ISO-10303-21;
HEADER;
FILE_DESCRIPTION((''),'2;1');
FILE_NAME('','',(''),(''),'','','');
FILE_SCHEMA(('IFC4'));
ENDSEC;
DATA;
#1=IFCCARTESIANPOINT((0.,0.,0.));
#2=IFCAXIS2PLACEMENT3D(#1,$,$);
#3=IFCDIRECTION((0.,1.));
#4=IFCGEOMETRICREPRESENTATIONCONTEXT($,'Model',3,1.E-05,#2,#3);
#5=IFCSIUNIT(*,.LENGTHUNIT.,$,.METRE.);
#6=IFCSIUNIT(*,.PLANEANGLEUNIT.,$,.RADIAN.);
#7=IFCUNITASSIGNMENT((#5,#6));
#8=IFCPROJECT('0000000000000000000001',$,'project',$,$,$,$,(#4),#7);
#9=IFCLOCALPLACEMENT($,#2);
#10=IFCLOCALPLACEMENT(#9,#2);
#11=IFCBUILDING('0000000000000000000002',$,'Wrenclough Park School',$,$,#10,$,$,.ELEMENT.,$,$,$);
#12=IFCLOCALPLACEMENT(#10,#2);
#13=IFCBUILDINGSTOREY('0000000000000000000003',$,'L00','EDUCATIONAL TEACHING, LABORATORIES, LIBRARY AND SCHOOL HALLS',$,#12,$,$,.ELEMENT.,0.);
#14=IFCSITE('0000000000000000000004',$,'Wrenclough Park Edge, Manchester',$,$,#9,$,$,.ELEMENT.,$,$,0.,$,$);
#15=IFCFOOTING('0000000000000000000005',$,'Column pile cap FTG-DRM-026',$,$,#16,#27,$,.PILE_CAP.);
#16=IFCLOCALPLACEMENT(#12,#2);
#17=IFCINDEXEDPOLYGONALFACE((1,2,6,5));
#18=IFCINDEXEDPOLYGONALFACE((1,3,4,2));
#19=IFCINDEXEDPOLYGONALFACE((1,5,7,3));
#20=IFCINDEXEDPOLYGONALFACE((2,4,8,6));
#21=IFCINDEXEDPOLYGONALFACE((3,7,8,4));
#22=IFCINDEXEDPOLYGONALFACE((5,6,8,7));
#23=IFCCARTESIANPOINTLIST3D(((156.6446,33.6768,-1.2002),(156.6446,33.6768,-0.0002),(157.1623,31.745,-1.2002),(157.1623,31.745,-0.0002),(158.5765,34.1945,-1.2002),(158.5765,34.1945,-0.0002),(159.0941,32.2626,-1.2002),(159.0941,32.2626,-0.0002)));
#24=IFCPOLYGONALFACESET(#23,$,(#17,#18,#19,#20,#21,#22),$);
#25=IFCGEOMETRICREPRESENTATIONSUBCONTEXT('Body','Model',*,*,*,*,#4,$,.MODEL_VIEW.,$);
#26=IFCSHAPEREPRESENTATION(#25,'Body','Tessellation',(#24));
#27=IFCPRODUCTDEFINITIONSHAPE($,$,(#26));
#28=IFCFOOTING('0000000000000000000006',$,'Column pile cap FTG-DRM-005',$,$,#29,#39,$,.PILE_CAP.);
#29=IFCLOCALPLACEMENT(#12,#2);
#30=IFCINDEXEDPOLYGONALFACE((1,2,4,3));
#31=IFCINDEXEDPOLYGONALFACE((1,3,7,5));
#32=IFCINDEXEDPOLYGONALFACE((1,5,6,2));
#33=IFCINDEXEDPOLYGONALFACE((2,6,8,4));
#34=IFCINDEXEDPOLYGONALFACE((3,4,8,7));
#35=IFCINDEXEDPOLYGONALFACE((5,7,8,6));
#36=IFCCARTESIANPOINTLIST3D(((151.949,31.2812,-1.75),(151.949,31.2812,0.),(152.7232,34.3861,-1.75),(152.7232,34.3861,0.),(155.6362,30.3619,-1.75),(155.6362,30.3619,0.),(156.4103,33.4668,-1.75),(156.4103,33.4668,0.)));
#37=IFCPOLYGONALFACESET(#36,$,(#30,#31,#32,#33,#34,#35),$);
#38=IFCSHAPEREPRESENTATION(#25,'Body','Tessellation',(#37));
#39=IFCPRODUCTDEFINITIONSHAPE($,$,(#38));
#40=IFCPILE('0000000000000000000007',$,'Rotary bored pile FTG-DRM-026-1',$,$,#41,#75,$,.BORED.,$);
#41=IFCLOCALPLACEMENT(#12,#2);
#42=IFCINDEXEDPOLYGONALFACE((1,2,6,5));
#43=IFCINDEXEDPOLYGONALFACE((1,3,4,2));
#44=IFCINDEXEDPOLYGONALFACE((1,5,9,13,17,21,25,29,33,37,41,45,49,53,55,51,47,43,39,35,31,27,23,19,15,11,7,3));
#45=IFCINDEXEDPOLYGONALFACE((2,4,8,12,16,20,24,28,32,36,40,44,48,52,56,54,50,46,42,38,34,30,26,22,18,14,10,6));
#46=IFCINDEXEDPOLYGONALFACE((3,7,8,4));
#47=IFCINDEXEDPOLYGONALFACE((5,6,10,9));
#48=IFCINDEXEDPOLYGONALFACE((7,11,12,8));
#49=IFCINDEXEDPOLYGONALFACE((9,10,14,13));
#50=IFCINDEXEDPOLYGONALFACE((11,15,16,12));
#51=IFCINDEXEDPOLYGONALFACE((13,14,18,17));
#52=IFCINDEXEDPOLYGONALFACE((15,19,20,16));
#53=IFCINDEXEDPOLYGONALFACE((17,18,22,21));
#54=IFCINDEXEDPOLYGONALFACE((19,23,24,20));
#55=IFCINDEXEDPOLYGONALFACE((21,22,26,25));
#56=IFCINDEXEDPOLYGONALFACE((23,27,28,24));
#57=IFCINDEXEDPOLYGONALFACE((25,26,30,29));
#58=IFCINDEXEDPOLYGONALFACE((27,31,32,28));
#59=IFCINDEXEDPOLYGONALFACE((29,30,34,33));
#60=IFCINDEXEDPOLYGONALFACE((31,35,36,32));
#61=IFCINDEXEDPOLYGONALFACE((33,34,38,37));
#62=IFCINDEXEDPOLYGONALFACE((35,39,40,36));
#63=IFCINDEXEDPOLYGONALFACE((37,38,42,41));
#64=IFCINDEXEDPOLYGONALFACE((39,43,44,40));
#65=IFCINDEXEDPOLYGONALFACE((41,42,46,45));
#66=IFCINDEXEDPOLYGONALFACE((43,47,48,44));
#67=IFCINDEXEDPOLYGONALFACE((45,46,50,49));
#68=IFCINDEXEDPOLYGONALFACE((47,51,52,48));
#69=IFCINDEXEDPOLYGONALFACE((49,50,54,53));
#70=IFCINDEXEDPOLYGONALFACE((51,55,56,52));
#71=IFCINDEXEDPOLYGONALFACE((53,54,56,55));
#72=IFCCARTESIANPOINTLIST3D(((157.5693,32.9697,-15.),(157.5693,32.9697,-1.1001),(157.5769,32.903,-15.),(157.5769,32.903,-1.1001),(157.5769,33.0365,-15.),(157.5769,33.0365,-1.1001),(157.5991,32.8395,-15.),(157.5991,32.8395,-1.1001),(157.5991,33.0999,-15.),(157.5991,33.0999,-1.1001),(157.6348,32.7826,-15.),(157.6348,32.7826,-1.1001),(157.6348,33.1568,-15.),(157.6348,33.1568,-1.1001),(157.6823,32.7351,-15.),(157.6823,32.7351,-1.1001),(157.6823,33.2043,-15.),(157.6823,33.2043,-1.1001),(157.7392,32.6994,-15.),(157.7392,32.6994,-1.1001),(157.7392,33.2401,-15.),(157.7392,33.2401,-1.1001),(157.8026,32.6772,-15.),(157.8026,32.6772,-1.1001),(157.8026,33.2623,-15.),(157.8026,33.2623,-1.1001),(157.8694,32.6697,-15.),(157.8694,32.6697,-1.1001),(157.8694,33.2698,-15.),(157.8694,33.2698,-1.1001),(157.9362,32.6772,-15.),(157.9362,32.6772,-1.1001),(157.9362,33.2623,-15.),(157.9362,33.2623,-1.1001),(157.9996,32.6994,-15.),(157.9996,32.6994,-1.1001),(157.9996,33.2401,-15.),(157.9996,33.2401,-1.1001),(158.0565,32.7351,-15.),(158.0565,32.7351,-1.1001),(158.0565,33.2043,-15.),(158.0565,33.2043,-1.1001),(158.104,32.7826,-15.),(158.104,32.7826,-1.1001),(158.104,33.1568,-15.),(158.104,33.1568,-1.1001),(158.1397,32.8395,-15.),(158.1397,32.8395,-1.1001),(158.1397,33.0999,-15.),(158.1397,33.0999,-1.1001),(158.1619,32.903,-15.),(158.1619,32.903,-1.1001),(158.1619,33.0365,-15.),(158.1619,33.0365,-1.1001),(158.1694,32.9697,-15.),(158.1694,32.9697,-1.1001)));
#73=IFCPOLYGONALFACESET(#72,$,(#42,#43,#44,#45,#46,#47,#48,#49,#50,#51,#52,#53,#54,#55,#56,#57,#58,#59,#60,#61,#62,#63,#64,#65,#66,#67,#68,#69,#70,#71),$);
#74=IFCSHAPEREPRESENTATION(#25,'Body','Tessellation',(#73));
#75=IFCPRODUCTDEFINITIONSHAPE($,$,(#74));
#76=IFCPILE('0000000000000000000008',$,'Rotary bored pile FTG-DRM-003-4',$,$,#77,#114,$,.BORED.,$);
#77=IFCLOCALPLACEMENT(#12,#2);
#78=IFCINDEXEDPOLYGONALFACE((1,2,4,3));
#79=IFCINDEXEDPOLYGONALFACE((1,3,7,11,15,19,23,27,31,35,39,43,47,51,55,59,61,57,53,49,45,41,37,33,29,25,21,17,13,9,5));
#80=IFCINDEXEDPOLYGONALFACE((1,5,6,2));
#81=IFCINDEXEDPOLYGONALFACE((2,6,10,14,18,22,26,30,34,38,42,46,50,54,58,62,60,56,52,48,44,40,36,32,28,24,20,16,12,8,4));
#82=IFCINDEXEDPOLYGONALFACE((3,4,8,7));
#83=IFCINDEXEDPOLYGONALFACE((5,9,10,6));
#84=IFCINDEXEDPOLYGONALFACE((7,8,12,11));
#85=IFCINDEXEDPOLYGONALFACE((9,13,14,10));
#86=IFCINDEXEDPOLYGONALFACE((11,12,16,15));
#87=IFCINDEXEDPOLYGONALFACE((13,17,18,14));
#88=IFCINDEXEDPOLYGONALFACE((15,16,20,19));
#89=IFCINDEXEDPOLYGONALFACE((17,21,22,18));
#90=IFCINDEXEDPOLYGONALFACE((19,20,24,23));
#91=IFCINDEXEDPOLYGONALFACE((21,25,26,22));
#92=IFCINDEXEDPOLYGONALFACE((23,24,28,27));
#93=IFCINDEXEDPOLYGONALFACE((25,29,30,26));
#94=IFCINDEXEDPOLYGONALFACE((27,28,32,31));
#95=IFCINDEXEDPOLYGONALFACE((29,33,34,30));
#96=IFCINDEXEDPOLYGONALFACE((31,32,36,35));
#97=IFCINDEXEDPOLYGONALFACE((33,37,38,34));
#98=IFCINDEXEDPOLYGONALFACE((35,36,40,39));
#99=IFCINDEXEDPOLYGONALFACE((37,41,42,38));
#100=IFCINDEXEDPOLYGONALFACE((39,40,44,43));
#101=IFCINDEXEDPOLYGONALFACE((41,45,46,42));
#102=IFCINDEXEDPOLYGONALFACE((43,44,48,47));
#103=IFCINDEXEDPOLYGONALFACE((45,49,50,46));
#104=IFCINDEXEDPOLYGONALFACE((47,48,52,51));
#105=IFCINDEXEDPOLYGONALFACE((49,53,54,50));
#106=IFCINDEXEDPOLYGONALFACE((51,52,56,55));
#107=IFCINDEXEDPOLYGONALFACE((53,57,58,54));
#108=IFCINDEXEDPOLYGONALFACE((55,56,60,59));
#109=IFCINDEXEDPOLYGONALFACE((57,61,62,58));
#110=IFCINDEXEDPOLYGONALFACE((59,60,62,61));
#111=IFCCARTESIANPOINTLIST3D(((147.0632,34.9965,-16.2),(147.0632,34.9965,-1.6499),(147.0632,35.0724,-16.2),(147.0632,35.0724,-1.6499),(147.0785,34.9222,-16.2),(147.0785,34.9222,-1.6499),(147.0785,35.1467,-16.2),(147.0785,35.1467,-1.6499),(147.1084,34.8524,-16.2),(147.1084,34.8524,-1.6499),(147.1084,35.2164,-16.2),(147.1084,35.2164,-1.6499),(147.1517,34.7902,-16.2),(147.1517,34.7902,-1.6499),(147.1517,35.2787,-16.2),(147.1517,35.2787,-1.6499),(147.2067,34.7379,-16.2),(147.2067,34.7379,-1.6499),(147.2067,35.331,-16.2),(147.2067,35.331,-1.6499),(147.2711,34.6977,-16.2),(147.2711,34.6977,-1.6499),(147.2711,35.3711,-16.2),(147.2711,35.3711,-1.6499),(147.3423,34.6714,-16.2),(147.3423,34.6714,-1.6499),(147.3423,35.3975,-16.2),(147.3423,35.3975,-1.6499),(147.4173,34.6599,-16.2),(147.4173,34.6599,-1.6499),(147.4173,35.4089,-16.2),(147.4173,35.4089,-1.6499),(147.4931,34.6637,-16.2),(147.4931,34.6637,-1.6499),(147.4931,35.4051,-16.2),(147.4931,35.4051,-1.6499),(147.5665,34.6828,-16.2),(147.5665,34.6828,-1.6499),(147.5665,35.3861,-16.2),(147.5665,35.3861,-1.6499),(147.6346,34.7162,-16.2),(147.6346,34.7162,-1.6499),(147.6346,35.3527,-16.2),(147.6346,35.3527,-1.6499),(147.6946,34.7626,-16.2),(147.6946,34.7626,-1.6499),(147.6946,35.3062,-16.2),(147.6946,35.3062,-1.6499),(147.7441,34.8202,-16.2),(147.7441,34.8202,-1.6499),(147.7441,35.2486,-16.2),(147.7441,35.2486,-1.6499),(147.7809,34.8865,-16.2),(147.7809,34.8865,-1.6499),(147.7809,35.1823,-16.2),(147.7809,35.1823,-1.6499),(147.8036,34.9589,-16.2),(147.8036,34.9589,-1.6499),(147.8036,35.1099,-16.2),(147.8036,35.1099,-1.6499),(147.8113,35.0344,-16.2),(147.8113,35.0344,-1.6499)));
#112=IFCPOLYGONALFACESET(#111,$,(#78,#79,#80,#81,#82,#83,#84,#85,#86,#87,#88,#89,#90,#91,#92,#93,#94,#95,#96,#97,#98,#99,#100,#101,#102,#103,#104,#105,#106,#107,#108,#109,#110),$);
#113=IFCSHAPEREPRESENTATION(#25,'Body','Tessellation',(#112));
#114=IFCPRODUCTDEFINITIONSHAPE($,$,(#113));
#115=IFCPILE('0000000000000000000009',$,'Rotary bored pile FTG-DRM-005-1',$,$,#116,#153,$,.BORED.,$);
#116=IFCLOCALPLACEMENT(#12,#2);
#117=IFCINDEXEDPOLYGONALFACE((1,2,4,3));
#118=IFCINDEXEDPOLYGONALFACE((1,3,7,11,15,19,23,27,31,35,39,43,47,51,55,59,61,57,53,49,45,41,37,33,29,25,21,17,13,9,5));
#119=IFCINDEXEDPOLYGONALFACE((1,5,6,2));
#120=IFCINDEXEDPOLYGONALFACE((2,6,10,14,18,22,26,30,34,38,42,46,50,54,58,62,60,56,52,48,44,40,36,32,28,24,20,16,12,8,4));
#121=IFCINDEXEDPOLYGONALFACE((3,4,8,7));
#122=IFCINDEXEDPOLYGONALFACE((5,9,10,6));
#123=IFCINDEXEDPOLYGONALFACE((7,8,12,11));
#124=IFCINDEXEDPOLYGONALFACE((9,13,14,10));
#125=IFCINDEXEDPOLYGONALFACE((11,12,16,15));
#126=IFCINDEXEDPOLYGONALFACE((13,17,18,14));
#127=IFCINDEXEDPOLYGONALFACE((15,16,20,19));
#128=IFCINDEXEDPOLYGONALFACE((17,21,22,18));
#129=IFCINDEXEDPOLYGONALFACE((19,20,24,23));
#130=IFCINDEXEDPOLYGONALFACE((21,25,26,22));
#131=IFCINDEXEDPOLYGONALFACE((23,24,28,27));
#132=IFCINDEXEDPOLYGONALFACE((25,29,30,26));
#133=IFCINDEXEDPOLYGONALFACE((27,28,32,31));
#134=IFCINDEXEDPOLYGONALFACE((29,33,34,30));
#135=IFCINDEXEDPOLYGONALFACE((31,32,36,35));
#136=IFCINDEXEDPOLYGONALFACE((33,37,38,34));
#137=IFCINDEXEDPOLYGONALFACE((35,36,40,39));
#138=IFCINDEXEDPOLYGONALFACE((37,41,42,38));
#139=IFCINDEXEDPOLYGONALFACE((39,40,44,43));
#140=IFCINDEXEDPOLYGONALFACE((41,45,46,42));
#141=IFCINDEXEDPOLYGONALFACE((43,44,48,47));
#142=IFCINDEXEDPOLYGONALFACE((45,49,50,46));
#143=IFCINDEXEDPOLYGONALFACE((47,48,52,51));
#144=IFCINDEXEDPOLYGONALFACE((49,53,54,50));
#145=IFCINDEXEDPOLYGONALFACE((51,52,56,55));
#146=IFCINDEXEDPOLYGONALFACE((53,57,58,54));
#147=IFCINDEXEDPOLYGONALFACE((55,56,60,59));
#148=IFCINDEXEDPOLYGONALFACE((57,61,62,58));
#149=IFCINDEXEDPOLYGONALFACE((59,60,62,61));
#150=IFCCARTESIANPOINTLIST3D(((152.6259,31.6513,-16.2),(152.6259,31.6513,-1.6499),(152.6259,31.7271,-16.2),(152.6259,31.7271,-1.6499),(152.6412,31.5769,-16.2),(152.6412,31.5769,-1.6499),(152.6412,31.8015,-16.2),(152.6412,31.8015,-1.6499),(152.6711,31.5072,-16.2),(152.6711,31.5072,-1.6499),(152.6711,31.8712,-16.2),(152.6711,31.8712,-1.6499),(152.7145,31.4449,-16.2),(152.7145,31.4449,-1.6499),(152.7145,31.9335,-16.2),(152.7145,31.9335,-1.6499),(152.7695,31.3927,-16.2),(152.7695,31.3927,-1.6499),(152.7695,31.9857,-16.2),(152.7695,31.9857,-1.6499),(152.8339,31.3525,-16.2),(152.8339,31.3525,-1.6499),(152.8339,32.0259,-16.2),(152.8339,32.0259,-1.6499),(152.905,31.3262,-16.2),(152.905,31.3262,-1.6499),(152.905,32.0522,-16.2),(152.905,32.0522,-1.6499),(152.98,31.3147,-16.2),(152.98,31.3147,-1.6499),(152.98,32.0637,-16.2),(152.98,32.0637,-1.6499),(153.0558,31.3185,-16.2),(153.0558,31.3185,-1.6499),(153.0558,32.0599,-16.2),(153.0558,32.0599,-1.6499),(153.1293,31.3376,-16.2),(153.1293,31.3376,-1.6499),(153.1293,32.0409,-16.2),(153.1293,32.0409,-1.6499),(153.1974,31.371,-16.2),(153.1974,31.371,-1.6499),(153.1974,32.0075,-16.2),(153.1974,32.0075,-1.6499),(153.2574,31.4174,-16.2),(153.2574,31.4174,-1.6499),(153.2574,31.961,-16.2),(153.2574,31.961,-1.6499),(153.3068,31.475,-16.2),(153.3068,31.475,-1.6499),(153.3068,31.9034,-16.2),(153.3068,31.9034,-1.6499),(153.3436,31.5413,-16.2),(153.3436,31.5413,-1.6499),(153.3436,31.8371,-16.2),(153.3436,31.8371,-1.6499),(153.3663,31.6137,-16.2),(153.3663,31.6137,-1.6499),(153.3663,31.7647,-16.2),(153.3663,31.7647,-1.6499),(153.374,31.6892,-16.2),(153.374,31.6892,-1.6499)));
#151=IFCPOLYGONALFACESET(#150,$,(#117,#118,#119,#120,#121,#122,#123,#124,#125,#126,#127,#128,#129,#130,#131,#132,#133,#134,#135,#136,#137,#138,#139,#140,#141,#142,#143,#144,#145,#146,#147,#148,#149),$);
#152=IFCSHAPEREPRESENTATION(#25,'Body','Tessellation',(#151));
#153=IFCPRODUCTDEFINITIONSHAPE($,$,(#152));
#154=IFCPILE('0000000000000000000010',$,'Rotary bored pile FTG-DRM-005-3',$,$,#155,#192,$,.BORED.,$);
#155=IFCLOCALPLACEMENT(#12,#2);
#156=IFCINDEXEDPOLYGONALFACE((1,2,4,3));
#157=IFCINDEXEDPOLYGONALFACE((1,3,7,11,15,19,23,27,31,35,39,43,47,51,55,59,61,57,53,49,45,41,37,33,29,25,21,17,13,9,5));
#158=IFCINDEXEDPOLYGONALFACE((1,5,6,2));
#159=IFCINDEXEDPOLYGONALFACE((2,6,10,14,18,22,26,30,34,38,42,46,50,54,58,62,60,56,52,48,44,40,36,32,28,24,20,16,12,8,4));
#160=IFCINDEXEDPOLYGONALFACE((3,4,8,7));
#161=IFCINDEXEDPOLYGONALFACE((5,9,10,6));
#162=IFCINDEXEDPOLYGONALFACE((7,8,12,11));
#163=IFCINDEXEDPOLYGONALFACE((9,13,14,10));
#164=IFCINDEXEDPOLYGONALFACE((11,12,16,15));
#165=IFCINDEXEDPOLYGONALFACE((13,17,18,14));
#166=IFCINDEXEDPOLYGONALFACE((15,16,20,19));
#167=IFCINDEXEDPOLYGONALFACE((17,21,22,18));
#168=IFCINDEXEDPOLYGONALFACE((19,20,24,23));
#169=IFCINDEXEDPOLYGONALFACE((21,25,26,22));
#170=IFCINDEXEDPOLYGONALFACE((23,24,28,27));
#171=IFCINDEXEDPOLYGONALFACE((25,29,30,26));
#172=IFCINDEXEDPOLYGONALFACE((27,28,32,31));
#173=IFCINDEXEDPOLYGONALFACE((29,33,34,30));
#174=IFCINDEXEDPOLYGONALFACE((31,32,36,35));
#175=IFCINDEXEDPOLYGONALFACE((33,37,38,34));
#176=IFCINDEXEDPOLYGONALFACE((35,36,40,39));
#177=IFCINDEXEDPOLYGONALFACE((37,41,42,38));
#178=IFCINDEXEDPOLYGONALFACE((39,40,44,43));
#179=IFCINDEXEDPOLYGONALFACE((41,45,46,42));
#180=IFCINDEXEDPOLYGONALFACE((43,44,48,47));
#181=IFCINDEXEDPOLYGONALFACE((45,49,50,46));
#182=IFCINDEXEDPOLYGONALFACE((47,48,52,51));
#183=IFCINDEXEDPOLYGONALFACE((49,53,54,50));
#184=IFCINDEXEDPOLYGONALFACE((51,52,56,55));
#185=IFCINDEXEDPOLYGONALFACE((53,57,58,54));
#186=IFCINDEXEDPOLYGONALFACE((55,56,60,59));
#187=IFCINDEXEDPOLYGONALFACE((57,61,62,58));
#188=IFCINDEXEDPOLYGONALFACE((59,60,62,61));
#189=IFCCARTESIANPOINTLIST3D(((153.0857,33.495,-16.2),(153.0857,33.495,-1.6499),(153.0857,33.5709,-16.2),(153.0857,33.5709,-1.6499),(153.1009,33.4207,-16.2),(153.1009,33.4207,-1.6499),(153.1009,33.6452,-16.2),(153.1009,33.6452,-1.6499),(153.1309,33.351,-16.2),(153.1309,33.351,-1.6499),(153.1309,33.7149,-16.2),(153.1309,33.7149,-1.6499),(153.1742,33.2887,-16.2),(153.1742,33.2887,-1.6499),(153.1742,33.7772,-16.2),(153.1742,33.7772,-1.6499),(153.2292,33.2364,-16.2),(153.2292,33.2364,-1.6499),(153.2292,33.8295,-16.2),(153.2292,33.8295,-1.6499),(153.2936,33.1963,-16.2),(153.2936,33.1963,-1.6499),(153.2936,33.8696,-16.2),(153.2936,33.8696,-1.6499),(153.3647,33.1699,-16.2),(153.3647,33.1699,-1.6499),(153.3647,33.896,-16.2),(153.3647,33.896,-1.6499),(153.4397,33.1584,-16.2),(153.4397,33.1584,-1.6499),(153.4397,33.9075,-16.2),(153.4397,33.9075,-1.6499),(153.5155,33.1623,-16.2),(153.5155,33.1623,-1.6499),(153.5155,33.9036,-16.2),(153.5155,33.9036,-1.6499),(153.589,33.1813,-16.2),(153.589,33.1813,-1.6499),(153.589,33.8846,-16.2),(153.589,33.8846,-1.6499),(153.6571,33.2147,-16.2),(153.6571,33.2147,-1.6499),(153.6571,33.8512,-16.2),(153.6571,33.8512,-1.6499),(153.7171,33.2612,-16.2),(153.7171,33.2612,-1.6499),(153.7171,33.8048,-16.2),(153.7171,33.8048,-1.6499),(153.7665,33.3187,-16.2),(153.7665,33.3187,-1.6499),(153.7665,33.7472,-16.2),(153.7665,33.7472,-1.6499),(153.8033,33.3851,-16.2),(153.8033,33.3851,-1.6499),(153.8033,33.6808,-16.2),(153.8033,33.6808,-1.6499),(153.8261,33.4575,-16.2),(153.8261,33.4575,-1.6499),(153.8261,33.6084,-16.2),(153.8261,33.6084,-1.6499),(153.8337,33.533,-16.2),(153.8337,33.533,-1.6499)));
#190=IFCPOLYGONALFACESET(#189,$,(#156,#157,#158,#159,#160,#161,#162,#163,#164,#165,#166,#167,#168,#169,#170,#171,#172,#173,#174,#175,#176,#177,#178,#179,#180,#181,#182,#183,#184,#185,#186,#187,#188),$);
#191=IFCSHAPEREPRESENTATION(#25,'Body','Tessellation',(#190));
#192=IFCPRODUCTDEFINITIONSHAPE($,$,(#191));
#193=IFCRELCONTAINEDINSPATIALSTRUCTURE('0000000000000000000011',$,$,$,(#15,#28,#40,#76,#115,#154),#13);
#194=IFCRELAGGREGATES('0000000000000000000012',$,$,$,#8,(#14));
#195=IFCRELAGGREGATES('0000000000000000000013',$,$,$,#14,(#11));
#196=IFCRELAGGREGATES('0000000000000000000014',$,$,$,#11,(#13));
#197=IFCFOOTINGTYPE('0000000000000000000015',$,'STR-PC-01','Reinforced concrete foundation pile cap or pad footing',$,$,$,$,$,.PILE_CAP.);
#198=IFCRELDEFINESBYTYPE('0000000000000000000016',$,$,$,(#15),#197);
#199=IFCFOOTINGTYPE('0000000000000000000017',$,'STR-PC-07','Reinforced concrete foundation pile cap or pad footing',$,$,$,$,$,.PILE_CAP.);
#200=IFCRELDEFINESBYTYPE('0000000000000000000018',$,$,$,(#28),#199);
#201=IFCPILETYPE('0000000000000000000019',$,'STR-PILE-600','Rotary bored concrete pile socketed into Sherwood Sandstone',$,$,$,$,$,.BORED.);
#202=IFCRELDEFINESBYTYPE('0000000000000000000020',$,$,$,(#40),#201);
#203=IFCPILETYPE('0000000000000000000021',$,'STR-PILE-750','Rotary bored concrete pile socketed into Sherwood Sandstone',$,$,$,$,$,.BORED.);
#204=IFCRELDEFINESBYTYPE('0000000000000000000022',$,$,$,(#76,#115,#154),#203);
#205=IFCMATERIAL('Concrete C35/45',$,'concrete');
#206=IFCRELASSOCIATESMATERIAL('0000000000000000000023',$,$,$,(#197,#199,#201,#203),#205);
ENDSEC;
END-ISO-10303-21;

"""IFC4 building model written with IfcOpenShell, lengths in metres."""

from ifc_helpers import new_model, si_unit, direction, frame, origin, origin_2d, place, context, subcontext, project, spatial, rectangle, circle, extrude, material, material_profile, profile_set, type_object, element, save


model = new_model("IFC4")

# Units and contexts
model_context = context("Model", 3, precision=1e-05, world=origin(), true_north=direction((0.0, 1.0)))
body_context = subcontext(model_context, "Body", "Model", "MODEL_VIEW")
ifc_project = project(units=[si_unit("LENGTHUNIT", "METRE"), si_unit("PLANEANGLEUNIT", "RADIAN")], contexts=[model_context])

# Site, building, storey
site_placement = place(None, origin())
site = spatial("IfcSite", under=ifc_project, at=site_placement, Name="Wrenclough Park Edge, Manchester", CompositionType="ELEMENT", RefElevation=0.0)
building_placement = place(site_placement, origin())
building = spatial("IfcBuilding", under=site, at=building_placement, Name="Wrenclough Park School", CompositionType="ELEMENT")
storey_placement = place(building_placement, origin())
storey = spatial("IfcBuildingStorey", under=building, at=storey_placement, Name="L00", Description="EDUCATIONAL TEACHING, LABORATORIES, LIBRARY AND SCHOOL HALLS", CompositionType="ELEMENT", Elevation=0.0)

# Footings
ifc_material_1 = material(Name="Concrete C35/45", Category="concrete")
footing_type_1 = type_object("IfcFootingType", Name="STR-PC-01", Description="Reinforced concrete foundation pile cap or pad footing", PredefinedType="PILE_CAP", material=ifc_material_1)
footing_1_placement = place(storey_placement, frame((157.8694, 32.9697, -1.2002), z_axis=(0.0, 0.0, 1.0), x_axis=(0.965926, 0.258819, 0.0)))
element("IfcFooting", 1, at=footing_1_placement, inside=storey, type_object=footing_type_1, Name="Column pile cap FTG-DRM-026", PredefinedType="PILE_CAP", context=body_context, shape_type="SweptSolid", body=[
    extrude(rectangle(XDim=2.0, YDim=2.0, at=origin_2d()), origin(), (0.0, 0.0, 1.0), 1.2),
])
footing_type_2 = type_object("IfcFootingType", Name="STR-PC-07", Description="Reinforced concrete foundation pile cap or pad footing", PredefinedType="PILE_CAP", material=ifc_material_1)
footing_2_placement = place(storey_placement, frame((154.1797, 32.374, -1.75), z_axis=(0.0, 0.0, 1.0), x_axis=(0.970296, -0.241922, 0.0)))
element("IfcFooting", 2, at=footing_2_placement, inside=storey, type_object=footing_type_2, Name="Column pile cap FTG-DRM-005", PredefinedType="PILE_CAP", context=body_context, shape_type="SweptSolid", body=[
    extrude(rectangle(XDim=3.8, YDim=3.2, at=origin_2d()), origin(), (0.0, 0.0, 1.0), 1.75),
])

# Piles
ifc_material_profile_1 = material_profile(ifc_material_1, circle(Radius=0.3, at=origin_2d()), Name="BORED PILE D600")
ifc_profile_set_1 = profile_set([ifc_material_profile_1], Name="Concrete C35/45")
pile_type_1 = type_object("IfcPileType", Name="STR-PILE-600", Description="Rotary bored concrete pile socketed into Sherwood Sandstone", PredefinedType="BORED", material=ifc_profile_set_1)
pile_placement = place(storey_placement, frame((157.8694, 32.9697, -1.1001), z_axis=(0.0, 0.0, -1.0), x_axis=(1.0, 0.0, 0.0)))
element("IfcPile", 3, at=pile_placement, inside=storey, type_object=pile_type_1, Name="Rotary bored pile FTG-DRM-026-1", PredefinedType="BORED", context=body_context, shape_type="SweptSolid", body=[
    extrude(circle(Radius=0.3, at=origin_2d()), origin(), (0.0, 0.0, 1.0), 13.8999),
])
ifc_material_profile_2 = material_profile(ifc_material_1, circle(Radius=0.375, at=origin_2d()), Name="BORED PILE D750")
ifc_profile_set_2 = profile_set([ifc_material_profile_2], Name="Concrete C35/45")
pile_type_2 = type_object("IfcPileType", Name="STR-PILE-750", Description="Rotary bored concrete pile socketed into Sherwood Sandstone", PredefinedType="BORED", material=ifc_profile_set_2)
for number, where, z_axis, x_axis, name in (
    (4, (147.4363, 35.0344, -1.6499), (0.0, 0.0, -1.0), (1.0, 0.0, 0.0), "Rotary bored pile FTG-DRM-003-4"),
    (5, (152.999, 31.6892, -1.6499), (0.0, 0.0, -1.0), (1.0, 0.0, 0.0), "Rotary bored pile FTG-DRM-005-1"),
    (6, (153.4587, 33.533, -1.6499), (0.0, 0.0, -1.0), (1.0, 0.0, 0.0), "Rotary bored pile FTG-DRM-005-3"),
):
    element("IfcPile", number, at=place(storey_placement, frame(where, z_axis=z_axis, x_axis=x_axis)), inside=storey, type_object=pile_type_2, Name=name, PredefinedType="BORED", context=body_context, shape_type="SweptSolid", body=[
        extrude(circle(Radius=0.375, at=origin_2d()), origin(), (0.0, 0.0, 1.0), 14.55),
    ])

save(model, "model.ifc")
